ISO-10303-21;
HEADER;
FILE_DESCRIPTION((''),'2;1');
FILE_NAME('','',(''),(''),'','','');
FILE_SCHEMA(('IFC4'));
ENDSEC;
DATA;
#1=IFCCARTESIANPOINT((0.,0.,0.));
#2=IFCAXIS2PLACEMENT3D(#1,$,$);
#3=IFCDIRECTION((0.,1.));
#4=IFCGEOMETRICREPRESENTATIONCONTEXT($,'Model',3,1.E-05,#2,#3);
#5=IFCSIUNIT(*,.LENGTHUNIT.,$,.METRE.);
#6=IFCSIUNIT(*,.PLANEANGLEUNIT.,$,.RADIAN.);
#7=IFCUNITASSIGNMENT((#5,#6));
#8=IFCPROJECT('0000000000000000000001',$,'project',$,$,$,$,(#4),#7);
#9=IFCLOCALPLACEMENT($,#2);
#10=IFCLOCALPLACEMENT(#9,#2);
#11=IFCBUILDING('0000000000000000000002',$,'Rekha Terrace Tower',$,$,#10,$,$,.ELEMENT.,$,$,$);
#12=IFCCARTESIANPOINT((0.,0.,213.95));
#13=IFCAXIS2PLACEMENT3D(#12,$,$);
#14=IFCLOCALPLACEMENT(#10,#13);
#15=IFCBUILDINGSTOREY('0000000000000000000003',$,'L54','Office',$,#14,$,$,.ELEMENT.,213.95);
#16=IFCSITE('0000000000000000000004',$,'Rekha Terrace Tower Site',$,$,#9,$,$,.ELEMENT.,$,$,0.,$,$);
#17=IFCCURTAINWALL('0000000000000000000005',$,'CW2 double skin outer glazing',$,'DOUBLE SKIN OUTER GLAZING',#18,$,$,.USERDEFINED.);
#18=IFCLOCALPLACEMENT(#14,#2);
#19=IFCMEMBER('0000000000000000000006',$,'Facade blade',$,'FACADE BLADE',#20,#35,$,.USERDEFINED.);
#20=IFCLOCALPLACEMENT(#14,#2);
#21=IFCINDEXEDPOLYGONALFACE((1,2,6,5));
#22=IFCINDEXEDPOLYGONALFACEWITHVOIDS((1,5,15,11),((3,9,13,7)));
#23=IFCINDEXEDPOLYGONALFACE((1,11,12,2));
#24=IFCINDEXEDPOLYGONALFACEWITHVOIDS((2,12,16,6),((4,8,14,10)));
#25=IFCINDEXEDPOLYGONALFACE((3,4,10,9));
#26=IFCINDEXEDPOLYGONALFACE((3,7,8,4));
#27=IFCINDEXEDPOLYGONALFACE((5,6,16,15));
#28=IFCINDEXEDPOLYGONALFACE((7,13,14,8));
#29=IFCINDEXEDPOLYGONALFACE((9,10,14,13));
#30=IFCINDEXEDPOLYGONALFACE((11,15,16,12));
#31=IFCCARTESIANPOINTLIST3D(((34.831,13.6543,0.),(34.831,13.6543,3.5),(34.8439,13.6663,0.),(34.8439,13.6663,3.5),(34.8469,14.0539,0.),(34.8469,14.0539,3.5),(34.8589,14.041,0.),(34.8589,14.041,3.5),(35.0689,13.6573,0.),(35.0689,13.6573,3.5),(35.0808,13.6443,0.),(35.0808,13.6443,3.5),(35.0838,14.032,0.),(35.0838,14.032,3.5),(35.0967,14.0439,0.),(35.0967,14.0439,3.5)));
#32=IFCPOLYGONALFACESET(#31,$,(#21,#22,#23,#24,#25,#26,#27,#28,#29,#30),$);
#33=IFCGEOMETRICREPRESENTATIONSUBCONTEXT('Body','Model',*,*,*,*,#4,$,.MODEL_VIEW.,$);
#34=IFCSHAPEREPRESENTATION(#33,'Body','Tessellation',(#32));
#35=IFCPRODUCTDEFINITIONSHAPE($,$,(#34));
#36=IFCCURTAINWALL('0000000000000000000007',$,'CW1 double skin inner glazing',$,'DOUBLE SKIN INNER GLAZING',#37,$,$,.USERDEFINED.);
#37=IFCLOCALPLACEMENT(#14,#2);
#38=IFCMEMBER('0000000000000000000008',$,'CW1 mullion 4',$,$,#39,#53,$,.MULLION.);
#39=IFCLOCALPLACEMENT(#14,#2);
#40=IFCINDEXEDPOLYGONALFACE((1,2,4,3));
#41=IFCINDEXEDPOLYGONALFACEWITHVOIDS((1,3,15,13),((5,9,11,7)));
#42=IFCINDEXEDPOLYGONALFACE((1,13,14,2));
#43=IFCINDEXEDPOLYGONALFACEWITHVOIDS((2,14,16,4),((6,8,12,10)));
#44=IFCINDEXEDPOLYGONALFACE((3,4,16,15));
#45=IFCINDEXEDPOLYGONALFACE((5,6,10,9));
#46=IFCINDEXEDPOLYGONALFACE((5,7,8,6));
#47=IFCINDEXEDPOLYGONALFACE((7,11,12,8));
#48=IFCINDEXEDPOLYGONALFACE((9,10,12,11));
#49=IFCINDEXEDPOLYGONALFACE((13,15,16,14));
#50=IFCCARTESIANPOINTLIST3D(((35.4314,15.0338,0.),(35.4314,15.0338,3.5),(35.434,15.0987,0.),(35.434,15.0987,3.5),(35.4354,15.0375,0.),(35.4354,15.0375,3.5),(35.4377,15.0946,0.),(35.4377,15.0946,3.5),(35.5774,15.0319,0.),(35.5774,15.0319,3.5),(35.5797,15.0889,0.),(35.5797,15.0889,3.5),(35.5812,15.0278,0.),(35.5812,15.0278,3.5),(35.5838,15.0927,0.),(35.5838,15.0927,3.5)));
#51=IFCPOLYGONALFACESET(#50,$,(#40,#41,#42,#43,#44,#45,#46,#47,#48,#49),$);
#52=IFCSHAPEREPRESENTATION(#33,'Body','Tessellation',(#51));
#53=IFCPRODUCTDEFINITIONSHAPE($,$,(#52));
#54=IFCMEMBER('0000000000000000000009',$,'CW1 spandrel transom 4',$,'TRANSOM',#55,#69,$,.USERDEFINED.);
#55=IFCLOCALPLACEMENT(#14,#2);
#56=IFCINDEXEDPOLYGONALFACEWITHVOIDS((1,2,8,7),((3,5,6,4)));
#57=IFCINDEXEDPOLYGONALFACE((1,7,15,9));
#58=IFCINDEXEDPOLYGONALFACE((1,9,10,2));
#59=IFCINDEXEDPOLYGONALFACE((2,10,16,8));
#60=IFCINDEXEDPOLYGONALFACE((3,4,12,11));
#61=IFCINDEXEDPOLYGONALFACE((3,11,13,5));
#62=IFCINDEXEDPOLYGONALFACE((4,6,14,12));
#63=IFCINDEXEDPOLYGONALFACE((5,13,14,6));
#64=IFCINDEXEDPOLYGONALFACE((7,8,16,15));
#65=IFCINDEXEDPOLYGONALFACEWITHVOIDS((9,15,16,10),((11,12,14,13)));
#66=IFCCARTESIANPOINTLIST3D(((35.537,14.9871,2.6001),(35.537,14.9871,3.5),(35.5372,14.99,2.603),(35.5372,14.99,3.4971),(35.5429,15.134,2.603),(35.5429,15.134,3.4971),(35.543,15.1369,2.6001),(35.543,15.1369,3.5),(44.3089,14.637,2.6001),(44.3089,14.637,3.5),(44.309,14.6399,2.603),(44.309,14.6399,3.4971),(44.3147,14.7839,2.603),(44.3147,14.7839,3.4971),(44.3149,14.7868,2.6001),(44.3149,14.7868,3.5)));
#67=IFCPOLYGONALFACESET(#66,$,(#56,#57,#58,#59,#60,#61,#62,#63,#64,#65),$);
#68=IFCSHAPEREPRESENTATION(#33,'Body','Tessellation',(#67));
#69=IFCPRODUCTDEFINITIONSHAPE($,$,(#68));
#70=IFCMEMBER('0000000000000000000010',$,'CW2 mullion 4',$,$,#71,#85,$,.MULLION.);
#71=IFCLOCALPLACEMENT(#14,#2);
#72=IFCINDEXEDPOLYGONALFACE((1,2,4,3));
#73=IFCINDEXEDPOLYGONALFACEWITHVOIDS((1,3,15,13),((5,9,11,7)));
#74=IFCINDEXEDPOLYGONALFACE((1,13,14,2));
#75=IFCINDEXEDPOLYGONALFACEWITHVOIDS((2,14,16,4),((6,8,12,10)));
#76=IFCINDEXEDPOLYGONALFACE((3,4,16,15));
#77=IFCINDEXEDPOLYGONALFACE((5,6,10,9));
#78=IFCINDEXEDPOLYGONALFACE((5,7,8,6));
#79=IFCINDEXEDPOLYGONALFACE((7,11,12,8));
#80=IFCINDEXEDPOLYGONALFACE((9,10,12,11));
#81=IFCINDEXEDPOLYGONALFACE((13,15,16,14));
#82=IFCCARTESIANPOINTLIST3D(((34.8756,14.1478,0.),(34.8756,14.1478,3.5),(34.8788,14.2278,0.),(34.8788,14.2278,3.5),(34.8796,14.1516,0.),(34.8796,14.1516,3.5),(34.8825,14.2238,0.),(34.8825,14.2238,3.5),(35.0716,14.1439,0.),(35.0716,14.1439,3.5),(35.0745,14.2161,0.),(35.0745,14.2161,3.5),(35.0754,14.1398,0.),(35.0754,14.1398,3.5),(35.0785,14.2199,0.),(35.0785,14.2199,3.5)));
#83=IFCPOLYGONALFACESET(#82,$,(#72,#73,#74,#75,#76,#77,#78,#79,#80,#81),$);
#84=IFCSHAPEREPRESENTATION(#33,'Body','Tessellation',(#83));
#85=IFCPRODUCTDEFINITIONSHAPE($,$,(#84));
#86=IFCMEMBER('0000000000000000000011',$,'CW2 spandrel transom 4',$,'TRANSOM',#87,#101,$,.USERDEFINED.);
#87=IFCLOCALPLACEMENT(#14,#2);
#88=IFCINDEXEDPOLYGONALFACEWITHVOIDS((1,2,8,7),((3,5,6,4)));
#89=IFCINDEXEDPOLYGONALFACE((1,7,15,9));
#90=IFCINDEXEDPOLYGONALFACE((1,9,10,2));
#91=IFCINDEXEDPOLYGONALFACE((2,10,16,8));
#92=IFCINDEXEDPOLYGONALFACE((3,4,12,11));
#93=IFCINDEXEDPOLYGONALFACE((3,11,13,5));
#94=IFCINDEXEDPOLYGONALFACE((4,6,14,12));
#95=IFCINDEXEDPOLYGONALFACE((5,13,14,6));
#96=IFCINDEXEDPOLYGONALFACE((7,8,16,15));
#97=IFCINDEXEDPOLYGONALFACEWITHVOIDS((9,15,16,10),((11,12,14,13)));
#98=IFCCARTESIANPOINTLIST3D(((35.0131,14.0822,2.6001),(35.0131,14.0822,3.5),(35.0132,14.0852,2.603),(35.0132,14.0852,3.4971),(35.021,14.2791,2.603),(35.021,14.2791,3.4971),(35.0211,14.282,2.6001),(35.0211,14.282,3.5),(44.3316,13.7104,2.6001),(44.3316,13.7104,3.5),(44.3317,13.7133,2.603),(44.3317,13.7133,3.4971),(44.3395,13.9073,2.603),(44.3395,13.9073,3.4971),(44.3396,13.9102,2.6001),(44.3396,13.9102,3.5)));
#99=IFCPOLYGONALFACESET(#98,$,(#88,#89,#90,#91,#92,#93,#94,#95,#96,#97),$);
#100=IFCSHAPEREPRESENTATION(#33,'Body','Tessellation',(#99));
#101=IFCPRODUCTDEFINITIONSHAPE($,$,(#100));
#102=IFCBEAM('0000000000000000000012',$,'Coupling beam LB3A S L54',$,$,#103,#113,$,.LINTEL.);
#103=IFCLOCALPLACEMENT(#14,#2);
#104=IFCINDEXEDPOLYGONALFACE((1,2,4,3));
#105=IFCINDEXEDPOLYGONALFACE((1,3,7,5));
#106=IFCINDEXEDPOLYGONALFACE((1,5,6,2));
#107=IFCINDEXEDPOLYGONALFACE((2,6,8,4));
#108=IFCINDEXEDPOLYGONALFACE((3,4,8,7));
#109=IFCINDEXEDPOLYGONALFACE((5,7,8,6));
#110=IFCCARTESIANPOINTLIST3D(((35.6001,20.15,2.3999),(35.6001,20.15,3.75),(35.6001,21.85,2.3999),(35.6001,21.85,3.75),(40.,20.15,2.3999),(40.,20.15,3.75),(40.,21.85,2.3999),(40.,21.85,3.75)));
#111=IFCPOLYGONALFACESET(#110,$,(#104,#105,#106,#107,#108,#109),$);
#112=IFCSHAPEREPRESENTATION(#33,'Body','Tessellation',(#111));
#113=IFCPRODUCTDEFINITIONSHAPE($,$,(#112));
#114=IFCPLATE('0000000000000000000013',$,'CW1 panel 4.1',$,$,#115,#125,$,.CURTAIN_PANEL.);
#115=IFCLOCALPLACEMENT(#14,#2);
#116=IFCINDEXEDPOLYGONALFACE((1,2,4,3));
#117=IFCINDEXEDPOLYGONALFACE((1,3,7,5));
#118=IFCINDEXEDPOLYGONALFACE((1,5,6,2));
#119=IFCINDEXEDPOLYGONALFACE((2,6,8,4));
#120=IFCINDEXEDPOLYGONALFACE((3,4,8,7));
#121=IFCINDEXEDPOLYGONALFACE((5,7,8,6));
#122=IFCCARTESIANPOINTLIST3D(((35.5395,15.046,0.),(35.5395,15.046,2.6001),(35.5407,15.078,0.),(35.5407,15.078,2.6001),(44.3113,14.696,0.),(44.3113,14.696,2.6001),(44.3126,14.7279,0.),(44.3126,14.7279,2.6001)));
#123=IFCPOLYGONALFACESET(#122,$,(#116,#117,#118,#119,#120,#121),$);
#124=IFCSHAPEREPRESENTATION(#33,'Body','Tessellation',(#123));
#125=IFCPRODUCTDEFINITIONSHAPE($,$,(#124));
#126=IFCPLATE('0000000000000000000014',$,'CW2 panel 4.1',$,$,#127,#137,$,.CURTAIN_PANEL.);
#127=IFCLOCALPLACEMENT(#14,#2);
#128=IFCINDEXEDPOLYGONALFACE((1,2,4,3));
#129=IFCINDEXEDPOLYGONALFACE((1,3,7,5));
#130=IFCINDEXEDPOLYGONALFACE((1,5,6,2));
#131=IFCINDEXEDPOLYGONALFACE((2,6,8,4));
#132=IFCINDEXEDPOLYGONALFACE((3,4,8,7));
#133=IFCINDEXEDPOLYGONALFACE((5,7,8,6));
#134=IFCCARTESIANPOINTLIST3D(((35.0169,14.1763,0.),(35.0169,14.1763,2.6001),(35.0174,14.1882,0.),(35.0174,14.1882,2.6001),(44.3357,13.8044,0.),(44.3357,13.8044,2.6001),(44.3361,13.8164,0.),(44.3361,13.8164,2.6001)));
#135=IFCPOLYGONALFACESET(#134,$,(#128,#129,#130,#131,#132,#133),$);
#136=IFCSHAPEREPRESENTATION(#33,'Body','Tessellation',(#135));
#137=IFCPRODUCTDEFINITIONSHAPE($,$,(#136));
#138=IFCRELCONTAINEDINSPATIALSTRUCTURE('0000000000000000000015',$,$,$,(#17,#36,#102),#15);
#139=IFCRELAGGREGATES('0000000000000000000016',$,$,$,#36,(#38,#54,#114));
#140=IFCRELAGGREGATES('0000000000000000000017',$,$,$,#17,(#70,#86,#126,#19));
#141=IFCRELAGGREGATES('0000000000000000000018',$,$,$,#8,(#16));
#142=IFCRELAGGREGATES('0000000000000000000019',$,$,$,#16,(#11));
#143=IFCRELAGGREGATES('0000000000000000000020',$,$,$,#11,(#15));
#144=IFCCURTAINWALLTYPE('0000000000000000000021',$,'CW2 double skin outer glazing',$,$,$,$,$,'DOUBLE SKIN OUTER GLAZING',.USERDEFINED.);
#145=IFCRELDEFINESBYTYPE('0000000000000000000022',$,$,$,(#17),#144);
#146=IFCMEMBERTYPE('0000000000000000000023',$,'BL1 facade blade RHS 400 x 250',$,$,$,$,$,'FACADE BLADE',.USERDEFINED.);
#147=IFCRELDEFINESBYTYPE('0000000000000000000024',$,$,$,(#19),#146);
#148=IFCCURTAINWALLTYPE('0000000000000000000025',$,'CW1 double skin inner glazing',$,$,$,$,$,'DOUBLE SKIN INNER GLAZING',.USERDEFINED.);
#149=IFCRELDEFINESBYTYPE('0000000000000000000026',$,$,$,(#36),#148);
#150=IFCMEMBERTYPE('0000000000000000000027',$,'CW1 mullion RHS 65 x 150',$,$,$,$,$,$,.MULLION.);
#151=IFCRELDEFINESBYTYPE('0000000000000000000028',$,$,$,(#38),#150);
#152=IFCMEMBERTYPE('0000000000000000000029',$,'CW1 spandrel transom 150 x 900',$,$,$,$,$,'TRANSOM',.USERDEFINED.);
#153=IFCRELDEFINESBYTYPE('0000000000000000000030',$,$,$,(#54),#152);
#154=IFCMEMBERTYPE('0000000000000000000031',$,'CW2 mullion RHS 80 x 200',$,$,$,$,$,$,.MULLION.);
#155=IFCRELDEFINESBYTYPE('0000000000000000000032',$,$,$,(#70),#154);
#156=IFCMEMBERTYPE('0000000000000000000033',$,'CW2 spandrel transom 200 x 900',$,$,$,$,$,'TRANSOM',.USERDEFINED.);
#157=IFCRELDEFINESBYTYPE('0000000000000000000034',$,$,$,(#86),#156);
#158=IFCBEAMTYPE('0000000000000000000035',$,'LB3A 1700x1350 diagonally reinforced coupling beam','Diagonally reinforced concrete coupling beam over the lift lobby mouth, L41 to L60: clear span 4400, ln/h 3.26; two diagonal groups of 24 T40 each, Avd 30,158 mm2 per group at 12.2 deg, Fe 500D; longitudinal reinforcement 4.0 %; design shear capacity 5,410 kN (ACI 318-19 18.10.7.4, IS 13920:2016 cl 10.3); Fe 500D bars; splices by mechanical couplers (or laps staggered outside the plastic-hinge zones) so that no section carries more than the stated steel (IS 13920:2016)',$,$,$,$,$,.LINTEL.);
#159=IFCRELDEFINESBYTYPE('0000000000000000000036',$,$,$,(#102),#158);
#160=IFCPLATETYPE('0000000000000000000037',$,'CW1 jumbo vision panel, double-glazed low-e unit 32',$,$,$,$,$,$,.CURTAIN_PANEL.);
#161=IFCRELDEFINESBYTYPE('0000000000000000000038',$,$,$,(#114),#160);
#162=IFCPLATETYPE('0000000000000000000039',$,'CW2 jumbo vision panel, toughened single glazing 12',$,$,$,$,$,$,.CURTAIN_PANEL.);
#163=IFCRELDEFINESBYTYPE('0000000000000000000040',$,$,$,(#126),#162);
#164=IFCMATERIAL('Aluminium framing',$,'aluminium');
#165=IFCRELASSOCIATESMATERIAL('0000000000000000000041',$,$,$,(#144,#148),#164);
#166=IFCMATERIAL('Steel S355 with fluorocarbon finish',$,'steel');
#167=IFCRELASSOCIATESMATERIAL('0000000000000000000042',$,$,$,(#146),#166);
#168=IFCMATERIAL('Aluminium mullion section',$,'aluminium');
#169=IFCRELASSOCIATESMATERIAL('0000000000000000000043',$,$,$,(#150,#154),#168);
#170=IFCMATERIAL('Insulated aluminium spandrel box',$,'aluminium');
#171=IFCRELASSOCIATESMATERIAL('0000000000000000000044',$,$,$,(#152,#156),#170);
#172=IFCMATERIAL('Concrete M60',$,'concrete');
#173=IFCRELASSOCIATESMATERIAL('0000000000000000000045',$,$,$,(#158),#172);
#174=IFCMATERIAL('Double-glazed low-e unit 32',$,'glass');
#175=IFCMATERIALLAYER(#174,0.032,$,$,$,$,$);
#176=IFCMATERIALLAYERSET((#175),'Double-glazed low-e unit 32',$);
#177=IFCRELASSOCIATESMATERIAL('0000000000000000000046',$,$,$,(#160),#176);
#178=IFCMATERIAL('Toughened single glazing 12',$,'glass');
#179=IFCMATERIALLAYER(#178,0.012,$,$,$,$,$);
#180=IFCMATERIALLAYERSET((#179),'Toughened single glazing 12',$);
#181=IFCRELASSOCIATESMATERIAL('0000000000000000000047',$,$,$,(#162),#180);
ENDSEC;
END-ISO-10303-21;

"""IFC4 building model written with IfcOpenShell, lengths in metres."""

from ifc_helpers import new_model, si_unit, direction, frame, origin, origin_2d, place, context, subcontext, project, spatial, rectangle, hollow_rectangle, extrude, material, layer, layer_set, material_profile, profile_set, type_object, element, aggregate, save


model = new_model("IFC4")

# Units and contexts
model_context = context("Model", 3, precision=1e-05, world=origin(), true_north=direction((0.0, 1.0)))
body_context = subcontext(model_context, "Body", "Model", "MODEL_VIEW")
ifc_project = project(units=[si_unit("LENGTHUNIT", "METRE"), si_unit("PLANEANGLEUNIT", "RADIAN")], contexts=[model_context])

# Site, building, storey
site_placement = place(None, origin())
site = spatial("IfcSite", under=ifc_project, at=site_placement, Name="Rekha Terrace Tower Site", CompositionType="ELEMENT", RefElevation=0.0)
building_placement = place(site_placement, origin())
building = spatial("IfcBuilding", under=site, at=building_placement, Name="Rekha Terrace Tower", CompositionType="ELEMENT")
storey_placement = place(building_placement, frame((0.0, 0.0, 213.95)))
storey = spatial("IfcBuildingStorey", under=building, at=storey_placement, Name="L54", Description="Office", CompositionType="ELEMENT", Elevation=213.95)

# Curtain wall, member
ifc_material_1 = material(Name="Aluminium framing", Category="aluminium")
curtain_wall_type_1 = type_object("IfcCurtainWallType", Name="CW2 double skin outer glazing", ElementType="DOUBLE SKIN OUTER GLAZING", PredefinedType="USERDEFINED", material=ifc_material_1)
curtain_wall_1_placement = place(storey_placement, origin())
curtain_wall_1 = element("IfcCurtainWall", 1, at=curtain_wall_1_placement, inside=storey, type_object=curtain_wall_type_1, Name="CW2 double skin outer glazing", ObjectType="DOUBLE SKIN OUTER GLAZING", PredefinedType="USERDEFINED")
ifc_material_2 = material(Name="Steel S355 with fluorocarbon finish", Category="steel")
ifc_material_profile_1 = material_profile(ifc_material_2, hollow_rectangle(XDim=0.25, YDim=0.3999, WallThickness=0.0125, at=origin_2d()), Name="RHS400x250x12.5")
ifc_profile_set_1 = profile_set([ifc_material_profile_1], Name="Steel S355 with fluorocarbon finish")
member_type_1 = type_object("IfcMemberType", Name="BL1 facade blade RHS 400 x 250", ElementType="FACADE BLADE", PredefinedType="USERDEFINED", material=ifc_profile_set_1)
member_1_placement = place(storey_placement, frame((34.9639, 13.8491, 0.0), z_axis=(0.0, 0.0, 1.0), x_axis=(0.999205, -0.039872, 0.0)))
member_1 = element("IfcMember", 2, at=member_1_placement, type_object=member_type_1, Name="Facade blade", ObjectType="FACADE BLADE", PredefinedType="USERDEFINED", context=body_context, shape_type="SweptSolid", body=[
    extrude(hollow_rectangle(XDim=0.25, YDim=0.3999, WallThickness=0.0125, at=origin_2d()), origin(), (0.0, 0.0, 1.0), 3.5),
])

# Curtain wall, members
curtain_wall_type_2 = type_object("IfcCurtainWallType", Name="CW1 double skin inner glazing", ElementType="DOUBLE SKIN INNER GLAZING", PredefinedType="USERDEFINED", material=ifc_material_1)
curtain_wall_2_placement = place(storey_placement, origin())
curtain_wall_2 = element("IfcCurtainWall", 3, at=curtain_wall_2_placement, inside=storey, type_object=curtain_wall_type_2, Name="CW1 double skin inner glazing", ObjectType="DOUBLE SKIN INNER GLAZING", PredefinedType="USERDEFINED")
ifc_material_3 = material(Name="Aluminium mullion section", Category="aluminium")
ifc_material_profile_2 = material_profile(ifc_material_3, hollow_rectangle(XDim=0.0649, YDim=0.1499, WallThickness=0.0039, at=origin_2d()), Name="AL RHS 65x150")
ifc_profile_set_2 = profile_set([ifc_material_profile_2], Name="Aluminium mullion section")
member_type_2 = type_object("IfcMemberType", Name="CW1 mullion RHS 65 x 150", PredefinedType="MULLION", material=ifc_profile_set_2)
member_2_placement = place(storey_placement, frame((35.5076, 15.0632, 0.0), z_axis=(0.0, 0.0, 1.0), x_axis=(0.039872, 0.999205, 0.0)))
member_2 = element("IfcMember", 4, at=member_2_placement, type_object=member_type_2, Name="CW1 mullion 4", PredefinedType="MULLION", context=body_context, shape_type="SweptSolid", body=[
    extrude(hollow_rectangle(XDim=0.0649, YDim=0.1499, WallThickness=0.0039, at=origin_2d()), origin(), (0.0, 0.0, 1.0), 3.5),
])
ifc_material_4 = material(Name="Insulated aluminium spandrel box", Category="aluminium")
ifc_material_profile_3 = material_profile(ifc_material_4, hollow_rectangle(XDim=0.1499, YDim=0.8999, WallThickness=0.0029, at=origin_2d()), Name="AL SPANDREL BOX 150x900")
ifc_profile_set_3 = profile_set([ifc_material_profile_3], Name="Insulated aluminium spandrel box")
member_type_3 = type_object("IfcMemberType", Name="CW1 spandrel transom 150 x 900", ElementType="TRANSOM", PredefinedType="USERDEFINED", material=ifc_profile_set_3)
member_3_placement = place(storey_placement, frame((35.54, 15.062, 3.05), z_axis=(0.999204, -0.03988, 0.0), x_axis=(0.03988, 0.999204, 0.0)))
member_3 = element("IfcMember", 5, at=member_3_placement, type_object=member_type_3, Name="CW1 spandrel transom 4", ObjectType="TRANSOM", PredefinedType="USERDEFINED", context=body_context, shape_type="SweptSolid", body=[
    extrude(hollow_rectangle(XDim=0.1499, YDim=0.8999, WallThickness=0.0029, at=origin_2d()), origin(), (0.0, 0.0, 1.0), 8.7788),
])

# Members
ifc_material_profile_4 = material_profile(ifc_material_3, hollow_rectangle(XDim=0.0801, YDim=0.2, WallThickness=0.0039, at=origin_2d()), Name="AL RHS 80x200")
ifc_profile_set_4 = profile_set([ifc_material_profile_4], Name="Aluminium mullion section")
member_type_4 = type_object("IfcMemberType", Name="CW2 mullion RHS 80 x 200", PredefinedType="MULLION", material=ifc_profile_set_4)
member_4_placement = place(storey_placement, frame((34.9771, 14.1838, 0.0), z_axis=(0.0, 0.0, 1.0), x_axis=(0.039872, 0.999205, 0.0)))
member_4 = element("IfcMember", 6, at=member_4_placement, type_object=member_type_4, Name="CW2 mullion 4", PredefinedType="MULLION", context=body_context, shape_type="SweptSolid", body=[
    extrude(hollow_rectangle(XDim=0.0801, YDim=0.2, WallThickness=0.0039, at=origin_2d()), origin(), (0.0, 0.0, 1.0), 3.5),
])
ifc_material_profile_5 = material_profile(ifc_material_4, hollow_rectangle(XDim=0.2, YDim=0.8999, WallThickness=0.0029, at=origin_2d()), Name="AL SPANDREL BOX 200x900")
ifc_profile_set_5 = profile_set([ifc_material_profile_5], Name="Insulated aluminium spandrel box")
member_type_5 = type_object("IfcMemberType", Name="CW2 spandrel transom 200 x 900", ElementType="TRANSOM", PredefinedType="USERDEFINED", material=ifc_profile_set_5)
member_5_placement = place(storey_placement, frame((35.0171, 14.1821, 3.05), z_axis=(0.999205, -0.03987, 0.0), x_axis=(0.03987, 0.999205, 0.0)))
member_5 = element("IfcMember", 7, at=member_5_placement, type_object=member_type_5, Name="CW2 spandrel transom 4", ObjectType="TRANSOM", PredefinedType="USERDEFINED", context=body_context, shape_type="SweptSolid", body=[
    extrude(hollow_rectangle(XDim=0.2, YDim=0.8999, WallThickness=0.0029, at=origin_2d()), origin(), (0.0, 0.0, 1.0), 9.3259),
])

# Beam
ifc_material_5 = material(Name="Concrete M60", Category="concrete")
ifc_material_profile_6 = material_profile(ifc_material_5, rectangle(XDim=1.7, YDim=1.3501, at=origin_2d()), Name="RC 1700x1350")
ifc_profile_set_6 = profile_set([ifc_material_profile_6], Name="Concrete M60")
beam_type = type_object("IfcBeamType", Name="LB3A 1700x1350 diagonally reinforced coupling beam", Description="Diagonally reinforced concrete coupling beam over the lift lobby mouth, L41 to L60: clear span 4400, ln/h 3.26; two diagonal groups of 24 T40 each, Avd 30,158 mm2 per group at 12.2 deg, Fe 500D; longitudinal reinforcement 4.0 %; design shear capacity 5,410 kN (ACI 318-19 18.10.7.4, IS 13920:2016 cl 10.3); Fe 500D bars; splices by mechanical couplers (or laps staggered outside the plastic-hinge zones) so that no section carries more than the stated steel (IS 13920:2016)", PredefinedType="LINTEL", material=ifc_profile_set_6)
beam_placement = place(storey_placement, frame((35.6001, 21.0, 3.075), z_axis=(1.0, 0.0, 0.0), x_axis=(0.0, 1.0, 0.0)))
element("IfcBeam", 8, at=beam_placement, inside=storey, type_object=beam_type, Name="Coupling beam LB3A S L54", PredefinedType="LINTEL", context=body_context, shape_type="SweptSolid", body=[
    extrude(rectangle(XDim=1.7, YDim=1.3501, at=origin_2d()), origin(), (0.0, 0.0, 1.0), 4.3999),
])

# Plates
ifc_material_6 = material(Name="Double-glazed low-e unit 32", Category="glass")
ifc_layer_1 = layer(ifc_material_6, 0.032)
ifc_layer_set_1 = layer_set([ifc_layer_1], Name="Double-glazed low-e unit 32")
plate_type_1 = type_object("IfcPlateType", Name="CW1 jumbo vision panel, double-glazed low-e unit 32", PredefinedType="CURTAIN_PANEL", material=ifc_layer_set_1)
plate_1_placement = place(storey_placement, frame((39.926, 14.887, 0.0), z_axis=(0.0, 0.0, 1.0), x_axis=(0.999205, -0.039872, 0.0)))
plate_1 = element("IfcPlate", 9, at=plate_1_placement, type_object=plate_type_1, Name="CW1 panel 4.1", PredefinedType="CURTAIN_PANEL", context=body_context, shape_type="SweptSolid", body=[
    extrude(rectangle(XDim=8.7788, YDim=0.032, at=origin_2d()), origin(), (0.0, 0.0, 1.0), 2.6001),
])
aggregate(curtain_wall_2, [member_2, member_3, plate_1])
ifc_material_7 = material(Name="Toughened single glazing 12", Category="glass")
ifc_layer_2 = layer(ifc_material_7, 0.012)
ifc_layer_set_2 = layer_set([ifc_layer_2], Name="Toughened single glazing 12")
plate_type_2 = type_object("IfcPlateType", Name="CW2 jumbo vision panel, toughened single glazing 12", PredefinedType="CURTAIN_PANEL", material=ifc_layer_set_2)
plate_2_placement = place(storey_placement, frame((39.6765, 13.9963, 0.0), z_axis=(0.0, 0.0, 1.0), x_axis=(0.999205, -0.039872, 0.0)))
plate_2 = element("IfcPlate", 10, at=plate_2_placement, type_object=plate_type_2, Name="CW2 panel 4.1", PredefinedType="CURTAIN_PANEL", context=body_context, shape_type="SweptSolid", body=[
    extrude(rectangle(XDim=9.3262, YDim=0.012, at=origin_2d()), origin(), (0.0, 0.0, 1.0), 2.6001),
])
aggregate(curtain_wall_1, [member_4, member_5, plate_2, member_1])

save(model, "model.ifc")
